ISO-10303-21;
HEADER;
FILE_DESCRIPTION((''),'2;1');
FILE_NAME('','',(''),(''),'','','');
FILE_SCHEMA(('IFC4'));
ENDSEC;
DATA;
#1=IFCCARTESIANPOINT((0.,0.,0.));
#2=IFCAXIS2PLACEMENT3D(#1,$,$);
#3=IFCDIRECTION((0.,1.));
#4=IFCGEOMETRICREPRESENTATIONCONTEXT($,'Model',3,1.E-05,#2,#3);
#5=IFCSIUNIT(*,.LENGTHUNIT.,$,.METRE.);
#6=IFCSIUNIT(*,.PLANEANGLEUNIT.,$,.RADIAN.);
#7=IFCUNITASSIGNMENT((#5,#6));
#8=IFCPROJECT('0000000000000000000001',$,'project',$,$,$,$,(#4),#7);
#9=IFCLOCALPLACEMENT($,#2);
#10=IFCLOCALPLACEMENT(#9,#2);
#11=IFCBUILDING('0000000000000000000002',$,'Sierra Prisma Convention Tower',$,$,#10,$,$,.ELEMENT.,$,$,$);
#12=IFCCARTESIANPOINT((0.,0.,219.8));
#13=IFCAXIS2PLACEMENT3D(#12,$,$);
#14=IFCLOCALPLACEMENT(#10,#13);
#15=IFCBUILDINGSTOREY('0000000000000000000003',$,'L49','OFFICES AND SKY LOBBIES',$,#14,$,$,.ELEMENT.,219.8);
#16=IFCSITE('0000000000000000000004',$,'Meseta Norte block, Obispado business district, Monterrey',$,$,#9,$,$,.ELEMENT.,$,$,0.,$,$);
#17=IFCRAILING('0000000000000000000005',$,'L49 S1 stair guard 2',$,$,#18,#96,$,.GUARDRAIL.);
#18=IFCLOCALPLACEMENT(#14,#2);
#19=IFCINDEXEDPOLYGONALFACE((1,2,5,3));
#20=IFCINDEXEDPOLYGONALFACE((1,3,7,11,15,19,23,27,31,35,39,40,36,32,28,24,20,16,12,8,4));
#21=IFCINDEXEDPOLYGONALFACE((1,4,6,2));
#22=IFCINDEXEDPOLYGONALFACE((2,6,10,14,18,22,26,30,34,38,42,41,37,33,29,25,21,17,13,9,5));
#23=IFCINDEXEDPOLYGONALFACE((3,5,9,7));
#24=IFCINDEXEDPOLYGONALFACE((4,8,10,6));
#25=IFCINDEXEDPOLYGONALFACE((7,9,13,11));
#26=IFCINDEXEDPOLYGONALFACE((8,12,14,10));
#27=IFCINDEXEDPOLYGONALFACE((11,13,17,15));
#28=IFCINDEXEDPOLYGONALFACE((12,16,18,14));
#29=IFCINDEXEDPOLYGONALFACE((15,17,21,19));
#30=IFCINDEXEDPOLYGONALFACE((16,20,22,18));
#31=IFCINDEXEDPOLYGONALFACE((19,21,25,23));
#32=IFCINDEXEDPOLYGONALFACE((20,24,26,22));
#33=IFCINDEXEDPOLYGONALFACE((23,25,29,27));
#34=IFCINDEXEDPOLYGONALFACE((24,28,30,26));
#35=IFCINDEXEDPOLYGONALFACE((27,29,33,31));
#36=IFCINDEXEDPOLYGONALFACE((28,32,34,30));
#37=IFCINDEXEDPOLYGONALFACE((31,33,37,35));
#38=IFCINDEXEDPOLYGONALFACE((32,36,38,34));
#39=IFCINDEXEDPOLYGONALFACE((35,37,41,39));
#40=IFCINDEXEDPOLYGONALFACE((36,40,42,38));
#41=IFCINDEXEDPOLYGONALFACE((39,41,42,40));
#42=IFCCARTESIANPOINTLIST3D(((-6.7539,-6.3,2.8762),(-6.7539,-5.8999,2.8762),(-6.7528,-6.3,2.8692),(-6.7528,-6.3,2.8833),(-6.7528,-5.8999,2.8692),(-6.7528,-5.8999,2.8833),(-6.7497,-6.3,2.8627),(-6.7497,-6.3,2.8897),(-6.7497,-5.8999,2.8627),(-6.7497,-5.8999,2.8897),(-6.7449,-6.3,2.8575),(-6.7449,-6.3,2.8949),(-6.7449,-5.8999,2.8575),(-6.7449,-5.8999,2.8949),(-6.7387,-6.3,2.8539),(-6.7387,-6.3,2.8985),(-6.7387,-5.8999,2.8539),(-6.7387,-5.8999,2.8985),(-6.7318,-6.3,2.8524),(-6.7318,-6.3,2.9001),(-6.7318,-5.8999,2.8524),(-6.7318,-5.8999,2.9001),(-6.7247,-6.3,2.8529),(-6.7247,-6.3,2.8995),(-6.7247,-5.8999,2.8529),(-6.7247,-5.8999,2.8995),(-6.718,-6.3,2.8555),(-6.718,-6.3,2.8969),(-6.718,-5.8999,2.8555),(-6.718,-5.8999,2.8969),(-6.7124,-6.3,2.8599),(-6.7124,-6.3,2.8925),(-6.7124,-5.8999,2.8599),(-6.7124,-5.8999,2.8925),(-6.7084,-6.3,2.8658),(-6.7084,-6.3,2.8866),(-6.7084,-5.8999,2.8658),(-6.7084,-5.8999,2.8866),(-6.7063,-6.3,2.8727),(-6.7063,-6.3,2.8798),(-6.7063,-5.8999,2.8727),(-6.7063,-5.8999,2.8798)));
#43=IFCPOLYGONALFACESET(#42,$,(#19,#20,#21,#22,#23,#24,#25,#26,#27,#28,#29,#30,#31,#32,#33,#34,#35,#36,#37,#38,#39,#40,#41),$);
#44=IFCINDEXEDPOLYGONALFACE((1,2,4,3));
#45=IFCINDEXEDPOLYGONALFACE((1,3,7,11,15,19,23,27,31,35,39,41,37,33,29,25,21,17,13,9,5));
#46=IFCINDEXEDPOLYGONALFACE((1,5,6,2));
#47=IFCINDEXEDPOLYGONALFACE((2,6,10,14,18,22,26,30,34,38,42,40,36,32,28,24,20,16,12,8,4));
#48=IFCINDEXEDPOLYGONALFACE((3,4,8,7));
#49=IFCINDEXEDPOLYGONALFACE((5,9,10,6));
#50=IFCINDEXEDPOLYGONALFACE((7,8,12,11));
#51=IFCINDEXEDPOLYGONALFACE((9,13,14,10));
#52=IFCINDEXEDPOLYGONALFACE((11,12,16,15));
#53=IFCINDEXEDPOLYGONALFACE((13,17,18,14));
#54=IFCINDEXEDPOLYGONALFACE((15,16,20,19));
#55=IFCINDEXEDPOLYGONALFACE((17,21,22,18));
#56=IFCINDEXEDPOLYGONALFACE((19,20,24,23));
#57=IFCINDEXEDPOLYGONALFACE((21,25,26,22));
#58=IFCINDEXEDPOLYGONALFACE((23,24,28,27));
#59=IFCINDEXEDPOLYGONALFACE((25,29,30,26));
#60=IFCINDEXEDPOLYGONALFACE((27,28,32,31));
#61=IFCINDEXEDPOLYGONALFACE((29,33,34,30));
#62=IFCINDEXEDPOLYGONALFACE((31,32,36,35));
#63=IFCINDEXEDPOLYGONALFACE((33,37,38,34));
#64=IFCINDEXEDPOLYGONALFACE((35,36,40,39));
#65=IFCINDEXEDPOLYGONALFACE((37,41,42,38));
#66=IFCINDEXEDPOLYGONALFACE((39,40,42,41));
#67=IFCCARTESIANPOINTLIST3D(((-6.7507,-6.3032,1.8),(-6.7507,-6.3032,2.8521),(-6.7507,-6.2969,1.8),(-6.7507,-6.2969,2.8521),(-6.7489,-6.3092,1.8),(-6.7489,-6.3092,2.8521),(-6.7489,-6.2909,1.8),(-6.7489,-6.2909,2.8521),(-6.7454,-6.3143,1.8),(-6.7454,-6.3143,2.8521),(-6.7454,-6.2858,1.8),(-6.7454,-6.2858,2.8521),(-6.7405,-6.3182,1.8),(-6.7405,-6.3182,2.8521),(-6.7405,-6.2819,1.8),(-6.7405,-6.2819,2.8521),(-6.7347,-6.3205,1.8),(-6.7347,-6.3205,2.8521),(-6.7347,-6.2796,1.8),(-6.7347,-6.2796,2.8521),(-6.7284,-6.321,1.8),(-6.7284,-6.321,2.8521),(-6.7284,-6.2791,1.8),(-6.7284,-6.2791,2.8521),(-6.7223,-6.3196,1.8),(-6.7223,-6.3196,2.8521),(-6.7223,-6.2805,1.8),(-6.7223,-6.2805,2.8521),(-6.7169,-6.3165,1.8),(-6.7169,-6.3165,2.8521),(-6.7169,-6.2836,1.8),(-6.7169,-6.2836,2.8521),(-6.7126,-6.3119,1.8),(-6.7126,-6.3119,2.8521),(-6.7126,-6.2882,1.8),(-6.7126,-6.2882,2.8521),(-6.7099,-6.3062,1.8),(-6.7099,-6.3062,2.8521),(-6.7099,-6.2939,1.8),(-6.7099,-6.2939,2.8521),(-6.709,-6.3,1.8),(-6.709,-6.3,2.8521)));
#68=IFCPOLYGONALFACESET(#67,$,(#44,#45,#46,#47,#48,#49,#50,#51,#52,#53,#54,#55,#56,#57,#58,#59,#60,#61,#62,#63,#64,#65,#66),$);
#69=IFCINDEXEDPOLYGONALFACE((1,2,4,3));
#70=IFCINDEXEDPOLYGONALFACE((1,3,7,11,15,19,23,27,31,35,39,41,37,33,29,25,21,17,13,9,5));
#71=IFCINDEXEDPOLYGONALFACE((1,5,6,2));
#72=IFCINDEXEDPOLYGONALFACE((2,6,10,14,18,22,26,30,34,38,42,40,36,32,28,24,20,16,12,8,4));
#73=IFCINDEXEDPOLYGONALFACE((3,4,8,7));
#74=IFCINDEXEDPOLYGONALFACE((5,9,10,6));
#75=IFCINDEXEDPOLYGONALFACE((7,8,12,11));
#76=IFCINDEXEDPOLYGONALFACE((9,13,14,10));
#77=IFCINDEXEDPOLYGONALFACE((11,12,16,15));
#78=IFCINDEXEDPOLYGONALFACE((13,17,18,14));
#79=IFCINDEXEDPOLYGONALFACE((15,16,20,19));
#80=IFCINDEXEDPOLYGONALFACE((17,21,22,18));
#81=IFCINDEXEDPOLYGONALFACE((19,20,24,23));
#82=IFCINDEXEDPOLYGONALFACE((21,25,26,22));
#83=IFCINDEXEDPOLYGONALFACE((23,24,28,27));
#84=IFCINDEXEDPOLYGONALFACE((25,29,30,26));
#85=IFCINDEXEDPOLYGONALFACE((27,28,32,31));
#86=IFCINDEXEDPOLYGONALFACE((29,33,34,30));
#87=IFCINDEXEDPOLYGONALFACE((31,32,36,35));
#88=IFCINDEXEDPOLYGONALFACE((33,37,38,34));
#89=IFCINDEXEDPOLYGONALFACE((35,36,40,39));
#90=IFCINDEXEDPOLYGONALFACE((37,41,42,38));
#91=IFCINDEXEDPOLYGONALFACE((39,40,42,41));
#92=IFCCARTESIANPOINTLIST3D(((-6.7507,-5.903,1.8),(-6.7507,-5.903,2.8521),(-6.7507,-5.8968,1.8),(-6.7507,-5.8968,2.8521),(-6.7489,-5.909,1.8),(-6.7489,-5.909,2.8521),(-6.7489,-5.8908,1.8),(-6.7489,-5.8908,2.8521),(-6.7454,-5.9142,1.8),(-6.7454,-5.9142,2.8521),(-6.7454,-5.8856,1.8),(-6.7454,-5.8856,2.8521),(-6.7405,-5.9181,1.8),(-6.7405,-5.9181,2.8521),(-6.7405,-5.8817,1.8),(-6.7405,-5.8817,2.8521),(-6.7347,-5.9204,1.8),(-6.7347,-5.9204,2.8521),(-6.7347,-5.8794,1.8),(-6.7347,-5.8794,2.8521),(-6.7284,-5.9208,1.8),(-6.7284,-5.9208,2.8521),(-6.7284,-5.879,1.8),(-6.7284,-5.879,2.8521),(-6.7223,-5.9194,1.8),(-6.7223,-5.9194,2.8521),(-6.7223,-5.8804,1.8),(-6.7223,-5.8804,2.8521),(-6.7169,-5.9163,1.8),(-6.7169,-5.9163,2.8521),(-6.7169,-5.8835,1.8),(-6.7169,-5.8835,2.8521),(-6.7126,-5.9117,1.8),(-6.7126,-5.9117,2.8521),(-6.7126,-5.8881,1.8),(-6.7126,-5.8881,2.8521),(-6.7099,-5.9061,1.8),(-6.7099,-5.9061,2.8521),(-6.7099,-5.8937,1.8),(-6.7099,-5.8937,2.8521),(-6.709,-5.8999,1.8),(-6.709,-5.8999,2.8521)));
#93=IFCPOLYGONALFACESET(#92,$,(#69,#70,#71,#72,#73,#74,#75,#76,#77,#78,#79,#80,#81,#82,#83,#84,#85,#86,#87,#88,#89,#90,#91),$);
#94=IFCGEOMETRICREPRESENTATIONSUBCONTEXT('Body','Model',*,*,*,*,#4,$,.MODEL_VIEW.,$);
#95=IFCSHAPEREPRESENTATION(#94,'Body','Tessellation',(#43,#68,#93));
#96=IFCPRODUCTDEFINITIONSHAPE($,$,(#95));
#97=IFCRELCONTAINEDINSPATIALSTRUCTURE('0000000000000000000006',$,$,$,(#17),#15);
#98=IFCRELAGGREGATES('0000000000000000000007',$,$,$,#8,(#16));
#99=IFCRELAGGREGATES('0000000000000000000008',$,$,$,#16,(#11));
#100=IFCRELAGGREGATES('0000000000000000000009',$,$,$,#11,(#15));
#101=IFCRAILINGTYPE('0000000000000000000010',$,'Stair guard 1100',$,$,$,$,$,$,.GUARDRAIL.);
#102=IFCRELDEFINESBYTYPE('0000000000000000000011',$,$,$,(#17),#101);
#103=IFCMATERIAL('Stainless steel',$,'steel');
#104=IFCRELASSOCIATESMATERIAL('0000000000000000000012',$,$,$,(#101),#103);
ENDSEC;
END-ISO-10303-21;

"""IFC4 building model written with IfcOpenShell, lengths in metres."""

from ifc_helpers import new_model, si_unit, direction, frame, origin, origin_2d, place, context, subcontext, project, spatial, circle, extrude, material, type_object, element, save


model = new_model("IFC4")

# Units and contexts
model_context = context("Model", 3, precision=1e-05, world=origin(), true_north=direction((0.0, 1.0)))
body_context = subcontext(model_context, "Body", "Model", "MODEL_VIEW")
ifc_project = project(units=[si_unit("LENGTHUNIT", "METRE"), si_unit("PLANEANGLEUNIT", "RADIAN")], contexts=[model_context])

# Site, building, storey
site_placement = place(None, origin())
site = spatial("IfcSite", under=ifc_project, at=site_placement, Name="Meseta Norte block, Obispado business district, Monterrey", CompositionType="ELEMENT", RefElevation=0.0)
building_placement = place(site_placement, origin())
building = spatial("IfcBuilding", under=site, at=building_placement, Name="Sierra Prisma Convention Tower", CompositionType="ELEMENT")
storey_placement = place(building_placement, frame((0.0, 0.0, 219.8)))
storey = spatial("IfcBuildingStorey", under=building, at=storey_placement, Name="L49", Description="OFFICES AND SKY LOBBIES", CompositionType="ELEMENT", Elevation=219.8)

# Railing
ifc_material_1 = material(Name="Stainless steel", Category="steel")
railing_type_1 = type_object("IfcRailingType", Name="Stair guard 1100", PredefinedType="GUARDRAIL", material=ifc_material_1)
railing_1_placement = place(storey_placement, frame((-6.73, -6.3, 1.8)))
element("IfcRailing", 1, at=railing_1_placement, inside=storey, type_object=railing_type_1, Name="L49 S1 stair guard 2", PredefinedType="GUARDRAIL", context=body_context, shape_type="SweptSolid", body=[
    extrude(circle(Radius=0.0239, at=origin_2d()), frame((0.0, 0.0, 1.0762), z_axis=(0.0, 1.0, 0.0), x_axis=(-1.0, 0.0, 0.0)), (0.0, 0.0, 1.0), 0.4001),
    extrude(circle(Radius=0.021, at=origin_2d()), origin(), (0.0, 0.0, 1.0), 1.052),
    extrude(circle(Radius=0.021, at=origin_2d()), frame((0.0, 0.4001, 0.0)), (0.0, 0.0, 1.0), 1.052),
])

save(model, "model.ifc")
